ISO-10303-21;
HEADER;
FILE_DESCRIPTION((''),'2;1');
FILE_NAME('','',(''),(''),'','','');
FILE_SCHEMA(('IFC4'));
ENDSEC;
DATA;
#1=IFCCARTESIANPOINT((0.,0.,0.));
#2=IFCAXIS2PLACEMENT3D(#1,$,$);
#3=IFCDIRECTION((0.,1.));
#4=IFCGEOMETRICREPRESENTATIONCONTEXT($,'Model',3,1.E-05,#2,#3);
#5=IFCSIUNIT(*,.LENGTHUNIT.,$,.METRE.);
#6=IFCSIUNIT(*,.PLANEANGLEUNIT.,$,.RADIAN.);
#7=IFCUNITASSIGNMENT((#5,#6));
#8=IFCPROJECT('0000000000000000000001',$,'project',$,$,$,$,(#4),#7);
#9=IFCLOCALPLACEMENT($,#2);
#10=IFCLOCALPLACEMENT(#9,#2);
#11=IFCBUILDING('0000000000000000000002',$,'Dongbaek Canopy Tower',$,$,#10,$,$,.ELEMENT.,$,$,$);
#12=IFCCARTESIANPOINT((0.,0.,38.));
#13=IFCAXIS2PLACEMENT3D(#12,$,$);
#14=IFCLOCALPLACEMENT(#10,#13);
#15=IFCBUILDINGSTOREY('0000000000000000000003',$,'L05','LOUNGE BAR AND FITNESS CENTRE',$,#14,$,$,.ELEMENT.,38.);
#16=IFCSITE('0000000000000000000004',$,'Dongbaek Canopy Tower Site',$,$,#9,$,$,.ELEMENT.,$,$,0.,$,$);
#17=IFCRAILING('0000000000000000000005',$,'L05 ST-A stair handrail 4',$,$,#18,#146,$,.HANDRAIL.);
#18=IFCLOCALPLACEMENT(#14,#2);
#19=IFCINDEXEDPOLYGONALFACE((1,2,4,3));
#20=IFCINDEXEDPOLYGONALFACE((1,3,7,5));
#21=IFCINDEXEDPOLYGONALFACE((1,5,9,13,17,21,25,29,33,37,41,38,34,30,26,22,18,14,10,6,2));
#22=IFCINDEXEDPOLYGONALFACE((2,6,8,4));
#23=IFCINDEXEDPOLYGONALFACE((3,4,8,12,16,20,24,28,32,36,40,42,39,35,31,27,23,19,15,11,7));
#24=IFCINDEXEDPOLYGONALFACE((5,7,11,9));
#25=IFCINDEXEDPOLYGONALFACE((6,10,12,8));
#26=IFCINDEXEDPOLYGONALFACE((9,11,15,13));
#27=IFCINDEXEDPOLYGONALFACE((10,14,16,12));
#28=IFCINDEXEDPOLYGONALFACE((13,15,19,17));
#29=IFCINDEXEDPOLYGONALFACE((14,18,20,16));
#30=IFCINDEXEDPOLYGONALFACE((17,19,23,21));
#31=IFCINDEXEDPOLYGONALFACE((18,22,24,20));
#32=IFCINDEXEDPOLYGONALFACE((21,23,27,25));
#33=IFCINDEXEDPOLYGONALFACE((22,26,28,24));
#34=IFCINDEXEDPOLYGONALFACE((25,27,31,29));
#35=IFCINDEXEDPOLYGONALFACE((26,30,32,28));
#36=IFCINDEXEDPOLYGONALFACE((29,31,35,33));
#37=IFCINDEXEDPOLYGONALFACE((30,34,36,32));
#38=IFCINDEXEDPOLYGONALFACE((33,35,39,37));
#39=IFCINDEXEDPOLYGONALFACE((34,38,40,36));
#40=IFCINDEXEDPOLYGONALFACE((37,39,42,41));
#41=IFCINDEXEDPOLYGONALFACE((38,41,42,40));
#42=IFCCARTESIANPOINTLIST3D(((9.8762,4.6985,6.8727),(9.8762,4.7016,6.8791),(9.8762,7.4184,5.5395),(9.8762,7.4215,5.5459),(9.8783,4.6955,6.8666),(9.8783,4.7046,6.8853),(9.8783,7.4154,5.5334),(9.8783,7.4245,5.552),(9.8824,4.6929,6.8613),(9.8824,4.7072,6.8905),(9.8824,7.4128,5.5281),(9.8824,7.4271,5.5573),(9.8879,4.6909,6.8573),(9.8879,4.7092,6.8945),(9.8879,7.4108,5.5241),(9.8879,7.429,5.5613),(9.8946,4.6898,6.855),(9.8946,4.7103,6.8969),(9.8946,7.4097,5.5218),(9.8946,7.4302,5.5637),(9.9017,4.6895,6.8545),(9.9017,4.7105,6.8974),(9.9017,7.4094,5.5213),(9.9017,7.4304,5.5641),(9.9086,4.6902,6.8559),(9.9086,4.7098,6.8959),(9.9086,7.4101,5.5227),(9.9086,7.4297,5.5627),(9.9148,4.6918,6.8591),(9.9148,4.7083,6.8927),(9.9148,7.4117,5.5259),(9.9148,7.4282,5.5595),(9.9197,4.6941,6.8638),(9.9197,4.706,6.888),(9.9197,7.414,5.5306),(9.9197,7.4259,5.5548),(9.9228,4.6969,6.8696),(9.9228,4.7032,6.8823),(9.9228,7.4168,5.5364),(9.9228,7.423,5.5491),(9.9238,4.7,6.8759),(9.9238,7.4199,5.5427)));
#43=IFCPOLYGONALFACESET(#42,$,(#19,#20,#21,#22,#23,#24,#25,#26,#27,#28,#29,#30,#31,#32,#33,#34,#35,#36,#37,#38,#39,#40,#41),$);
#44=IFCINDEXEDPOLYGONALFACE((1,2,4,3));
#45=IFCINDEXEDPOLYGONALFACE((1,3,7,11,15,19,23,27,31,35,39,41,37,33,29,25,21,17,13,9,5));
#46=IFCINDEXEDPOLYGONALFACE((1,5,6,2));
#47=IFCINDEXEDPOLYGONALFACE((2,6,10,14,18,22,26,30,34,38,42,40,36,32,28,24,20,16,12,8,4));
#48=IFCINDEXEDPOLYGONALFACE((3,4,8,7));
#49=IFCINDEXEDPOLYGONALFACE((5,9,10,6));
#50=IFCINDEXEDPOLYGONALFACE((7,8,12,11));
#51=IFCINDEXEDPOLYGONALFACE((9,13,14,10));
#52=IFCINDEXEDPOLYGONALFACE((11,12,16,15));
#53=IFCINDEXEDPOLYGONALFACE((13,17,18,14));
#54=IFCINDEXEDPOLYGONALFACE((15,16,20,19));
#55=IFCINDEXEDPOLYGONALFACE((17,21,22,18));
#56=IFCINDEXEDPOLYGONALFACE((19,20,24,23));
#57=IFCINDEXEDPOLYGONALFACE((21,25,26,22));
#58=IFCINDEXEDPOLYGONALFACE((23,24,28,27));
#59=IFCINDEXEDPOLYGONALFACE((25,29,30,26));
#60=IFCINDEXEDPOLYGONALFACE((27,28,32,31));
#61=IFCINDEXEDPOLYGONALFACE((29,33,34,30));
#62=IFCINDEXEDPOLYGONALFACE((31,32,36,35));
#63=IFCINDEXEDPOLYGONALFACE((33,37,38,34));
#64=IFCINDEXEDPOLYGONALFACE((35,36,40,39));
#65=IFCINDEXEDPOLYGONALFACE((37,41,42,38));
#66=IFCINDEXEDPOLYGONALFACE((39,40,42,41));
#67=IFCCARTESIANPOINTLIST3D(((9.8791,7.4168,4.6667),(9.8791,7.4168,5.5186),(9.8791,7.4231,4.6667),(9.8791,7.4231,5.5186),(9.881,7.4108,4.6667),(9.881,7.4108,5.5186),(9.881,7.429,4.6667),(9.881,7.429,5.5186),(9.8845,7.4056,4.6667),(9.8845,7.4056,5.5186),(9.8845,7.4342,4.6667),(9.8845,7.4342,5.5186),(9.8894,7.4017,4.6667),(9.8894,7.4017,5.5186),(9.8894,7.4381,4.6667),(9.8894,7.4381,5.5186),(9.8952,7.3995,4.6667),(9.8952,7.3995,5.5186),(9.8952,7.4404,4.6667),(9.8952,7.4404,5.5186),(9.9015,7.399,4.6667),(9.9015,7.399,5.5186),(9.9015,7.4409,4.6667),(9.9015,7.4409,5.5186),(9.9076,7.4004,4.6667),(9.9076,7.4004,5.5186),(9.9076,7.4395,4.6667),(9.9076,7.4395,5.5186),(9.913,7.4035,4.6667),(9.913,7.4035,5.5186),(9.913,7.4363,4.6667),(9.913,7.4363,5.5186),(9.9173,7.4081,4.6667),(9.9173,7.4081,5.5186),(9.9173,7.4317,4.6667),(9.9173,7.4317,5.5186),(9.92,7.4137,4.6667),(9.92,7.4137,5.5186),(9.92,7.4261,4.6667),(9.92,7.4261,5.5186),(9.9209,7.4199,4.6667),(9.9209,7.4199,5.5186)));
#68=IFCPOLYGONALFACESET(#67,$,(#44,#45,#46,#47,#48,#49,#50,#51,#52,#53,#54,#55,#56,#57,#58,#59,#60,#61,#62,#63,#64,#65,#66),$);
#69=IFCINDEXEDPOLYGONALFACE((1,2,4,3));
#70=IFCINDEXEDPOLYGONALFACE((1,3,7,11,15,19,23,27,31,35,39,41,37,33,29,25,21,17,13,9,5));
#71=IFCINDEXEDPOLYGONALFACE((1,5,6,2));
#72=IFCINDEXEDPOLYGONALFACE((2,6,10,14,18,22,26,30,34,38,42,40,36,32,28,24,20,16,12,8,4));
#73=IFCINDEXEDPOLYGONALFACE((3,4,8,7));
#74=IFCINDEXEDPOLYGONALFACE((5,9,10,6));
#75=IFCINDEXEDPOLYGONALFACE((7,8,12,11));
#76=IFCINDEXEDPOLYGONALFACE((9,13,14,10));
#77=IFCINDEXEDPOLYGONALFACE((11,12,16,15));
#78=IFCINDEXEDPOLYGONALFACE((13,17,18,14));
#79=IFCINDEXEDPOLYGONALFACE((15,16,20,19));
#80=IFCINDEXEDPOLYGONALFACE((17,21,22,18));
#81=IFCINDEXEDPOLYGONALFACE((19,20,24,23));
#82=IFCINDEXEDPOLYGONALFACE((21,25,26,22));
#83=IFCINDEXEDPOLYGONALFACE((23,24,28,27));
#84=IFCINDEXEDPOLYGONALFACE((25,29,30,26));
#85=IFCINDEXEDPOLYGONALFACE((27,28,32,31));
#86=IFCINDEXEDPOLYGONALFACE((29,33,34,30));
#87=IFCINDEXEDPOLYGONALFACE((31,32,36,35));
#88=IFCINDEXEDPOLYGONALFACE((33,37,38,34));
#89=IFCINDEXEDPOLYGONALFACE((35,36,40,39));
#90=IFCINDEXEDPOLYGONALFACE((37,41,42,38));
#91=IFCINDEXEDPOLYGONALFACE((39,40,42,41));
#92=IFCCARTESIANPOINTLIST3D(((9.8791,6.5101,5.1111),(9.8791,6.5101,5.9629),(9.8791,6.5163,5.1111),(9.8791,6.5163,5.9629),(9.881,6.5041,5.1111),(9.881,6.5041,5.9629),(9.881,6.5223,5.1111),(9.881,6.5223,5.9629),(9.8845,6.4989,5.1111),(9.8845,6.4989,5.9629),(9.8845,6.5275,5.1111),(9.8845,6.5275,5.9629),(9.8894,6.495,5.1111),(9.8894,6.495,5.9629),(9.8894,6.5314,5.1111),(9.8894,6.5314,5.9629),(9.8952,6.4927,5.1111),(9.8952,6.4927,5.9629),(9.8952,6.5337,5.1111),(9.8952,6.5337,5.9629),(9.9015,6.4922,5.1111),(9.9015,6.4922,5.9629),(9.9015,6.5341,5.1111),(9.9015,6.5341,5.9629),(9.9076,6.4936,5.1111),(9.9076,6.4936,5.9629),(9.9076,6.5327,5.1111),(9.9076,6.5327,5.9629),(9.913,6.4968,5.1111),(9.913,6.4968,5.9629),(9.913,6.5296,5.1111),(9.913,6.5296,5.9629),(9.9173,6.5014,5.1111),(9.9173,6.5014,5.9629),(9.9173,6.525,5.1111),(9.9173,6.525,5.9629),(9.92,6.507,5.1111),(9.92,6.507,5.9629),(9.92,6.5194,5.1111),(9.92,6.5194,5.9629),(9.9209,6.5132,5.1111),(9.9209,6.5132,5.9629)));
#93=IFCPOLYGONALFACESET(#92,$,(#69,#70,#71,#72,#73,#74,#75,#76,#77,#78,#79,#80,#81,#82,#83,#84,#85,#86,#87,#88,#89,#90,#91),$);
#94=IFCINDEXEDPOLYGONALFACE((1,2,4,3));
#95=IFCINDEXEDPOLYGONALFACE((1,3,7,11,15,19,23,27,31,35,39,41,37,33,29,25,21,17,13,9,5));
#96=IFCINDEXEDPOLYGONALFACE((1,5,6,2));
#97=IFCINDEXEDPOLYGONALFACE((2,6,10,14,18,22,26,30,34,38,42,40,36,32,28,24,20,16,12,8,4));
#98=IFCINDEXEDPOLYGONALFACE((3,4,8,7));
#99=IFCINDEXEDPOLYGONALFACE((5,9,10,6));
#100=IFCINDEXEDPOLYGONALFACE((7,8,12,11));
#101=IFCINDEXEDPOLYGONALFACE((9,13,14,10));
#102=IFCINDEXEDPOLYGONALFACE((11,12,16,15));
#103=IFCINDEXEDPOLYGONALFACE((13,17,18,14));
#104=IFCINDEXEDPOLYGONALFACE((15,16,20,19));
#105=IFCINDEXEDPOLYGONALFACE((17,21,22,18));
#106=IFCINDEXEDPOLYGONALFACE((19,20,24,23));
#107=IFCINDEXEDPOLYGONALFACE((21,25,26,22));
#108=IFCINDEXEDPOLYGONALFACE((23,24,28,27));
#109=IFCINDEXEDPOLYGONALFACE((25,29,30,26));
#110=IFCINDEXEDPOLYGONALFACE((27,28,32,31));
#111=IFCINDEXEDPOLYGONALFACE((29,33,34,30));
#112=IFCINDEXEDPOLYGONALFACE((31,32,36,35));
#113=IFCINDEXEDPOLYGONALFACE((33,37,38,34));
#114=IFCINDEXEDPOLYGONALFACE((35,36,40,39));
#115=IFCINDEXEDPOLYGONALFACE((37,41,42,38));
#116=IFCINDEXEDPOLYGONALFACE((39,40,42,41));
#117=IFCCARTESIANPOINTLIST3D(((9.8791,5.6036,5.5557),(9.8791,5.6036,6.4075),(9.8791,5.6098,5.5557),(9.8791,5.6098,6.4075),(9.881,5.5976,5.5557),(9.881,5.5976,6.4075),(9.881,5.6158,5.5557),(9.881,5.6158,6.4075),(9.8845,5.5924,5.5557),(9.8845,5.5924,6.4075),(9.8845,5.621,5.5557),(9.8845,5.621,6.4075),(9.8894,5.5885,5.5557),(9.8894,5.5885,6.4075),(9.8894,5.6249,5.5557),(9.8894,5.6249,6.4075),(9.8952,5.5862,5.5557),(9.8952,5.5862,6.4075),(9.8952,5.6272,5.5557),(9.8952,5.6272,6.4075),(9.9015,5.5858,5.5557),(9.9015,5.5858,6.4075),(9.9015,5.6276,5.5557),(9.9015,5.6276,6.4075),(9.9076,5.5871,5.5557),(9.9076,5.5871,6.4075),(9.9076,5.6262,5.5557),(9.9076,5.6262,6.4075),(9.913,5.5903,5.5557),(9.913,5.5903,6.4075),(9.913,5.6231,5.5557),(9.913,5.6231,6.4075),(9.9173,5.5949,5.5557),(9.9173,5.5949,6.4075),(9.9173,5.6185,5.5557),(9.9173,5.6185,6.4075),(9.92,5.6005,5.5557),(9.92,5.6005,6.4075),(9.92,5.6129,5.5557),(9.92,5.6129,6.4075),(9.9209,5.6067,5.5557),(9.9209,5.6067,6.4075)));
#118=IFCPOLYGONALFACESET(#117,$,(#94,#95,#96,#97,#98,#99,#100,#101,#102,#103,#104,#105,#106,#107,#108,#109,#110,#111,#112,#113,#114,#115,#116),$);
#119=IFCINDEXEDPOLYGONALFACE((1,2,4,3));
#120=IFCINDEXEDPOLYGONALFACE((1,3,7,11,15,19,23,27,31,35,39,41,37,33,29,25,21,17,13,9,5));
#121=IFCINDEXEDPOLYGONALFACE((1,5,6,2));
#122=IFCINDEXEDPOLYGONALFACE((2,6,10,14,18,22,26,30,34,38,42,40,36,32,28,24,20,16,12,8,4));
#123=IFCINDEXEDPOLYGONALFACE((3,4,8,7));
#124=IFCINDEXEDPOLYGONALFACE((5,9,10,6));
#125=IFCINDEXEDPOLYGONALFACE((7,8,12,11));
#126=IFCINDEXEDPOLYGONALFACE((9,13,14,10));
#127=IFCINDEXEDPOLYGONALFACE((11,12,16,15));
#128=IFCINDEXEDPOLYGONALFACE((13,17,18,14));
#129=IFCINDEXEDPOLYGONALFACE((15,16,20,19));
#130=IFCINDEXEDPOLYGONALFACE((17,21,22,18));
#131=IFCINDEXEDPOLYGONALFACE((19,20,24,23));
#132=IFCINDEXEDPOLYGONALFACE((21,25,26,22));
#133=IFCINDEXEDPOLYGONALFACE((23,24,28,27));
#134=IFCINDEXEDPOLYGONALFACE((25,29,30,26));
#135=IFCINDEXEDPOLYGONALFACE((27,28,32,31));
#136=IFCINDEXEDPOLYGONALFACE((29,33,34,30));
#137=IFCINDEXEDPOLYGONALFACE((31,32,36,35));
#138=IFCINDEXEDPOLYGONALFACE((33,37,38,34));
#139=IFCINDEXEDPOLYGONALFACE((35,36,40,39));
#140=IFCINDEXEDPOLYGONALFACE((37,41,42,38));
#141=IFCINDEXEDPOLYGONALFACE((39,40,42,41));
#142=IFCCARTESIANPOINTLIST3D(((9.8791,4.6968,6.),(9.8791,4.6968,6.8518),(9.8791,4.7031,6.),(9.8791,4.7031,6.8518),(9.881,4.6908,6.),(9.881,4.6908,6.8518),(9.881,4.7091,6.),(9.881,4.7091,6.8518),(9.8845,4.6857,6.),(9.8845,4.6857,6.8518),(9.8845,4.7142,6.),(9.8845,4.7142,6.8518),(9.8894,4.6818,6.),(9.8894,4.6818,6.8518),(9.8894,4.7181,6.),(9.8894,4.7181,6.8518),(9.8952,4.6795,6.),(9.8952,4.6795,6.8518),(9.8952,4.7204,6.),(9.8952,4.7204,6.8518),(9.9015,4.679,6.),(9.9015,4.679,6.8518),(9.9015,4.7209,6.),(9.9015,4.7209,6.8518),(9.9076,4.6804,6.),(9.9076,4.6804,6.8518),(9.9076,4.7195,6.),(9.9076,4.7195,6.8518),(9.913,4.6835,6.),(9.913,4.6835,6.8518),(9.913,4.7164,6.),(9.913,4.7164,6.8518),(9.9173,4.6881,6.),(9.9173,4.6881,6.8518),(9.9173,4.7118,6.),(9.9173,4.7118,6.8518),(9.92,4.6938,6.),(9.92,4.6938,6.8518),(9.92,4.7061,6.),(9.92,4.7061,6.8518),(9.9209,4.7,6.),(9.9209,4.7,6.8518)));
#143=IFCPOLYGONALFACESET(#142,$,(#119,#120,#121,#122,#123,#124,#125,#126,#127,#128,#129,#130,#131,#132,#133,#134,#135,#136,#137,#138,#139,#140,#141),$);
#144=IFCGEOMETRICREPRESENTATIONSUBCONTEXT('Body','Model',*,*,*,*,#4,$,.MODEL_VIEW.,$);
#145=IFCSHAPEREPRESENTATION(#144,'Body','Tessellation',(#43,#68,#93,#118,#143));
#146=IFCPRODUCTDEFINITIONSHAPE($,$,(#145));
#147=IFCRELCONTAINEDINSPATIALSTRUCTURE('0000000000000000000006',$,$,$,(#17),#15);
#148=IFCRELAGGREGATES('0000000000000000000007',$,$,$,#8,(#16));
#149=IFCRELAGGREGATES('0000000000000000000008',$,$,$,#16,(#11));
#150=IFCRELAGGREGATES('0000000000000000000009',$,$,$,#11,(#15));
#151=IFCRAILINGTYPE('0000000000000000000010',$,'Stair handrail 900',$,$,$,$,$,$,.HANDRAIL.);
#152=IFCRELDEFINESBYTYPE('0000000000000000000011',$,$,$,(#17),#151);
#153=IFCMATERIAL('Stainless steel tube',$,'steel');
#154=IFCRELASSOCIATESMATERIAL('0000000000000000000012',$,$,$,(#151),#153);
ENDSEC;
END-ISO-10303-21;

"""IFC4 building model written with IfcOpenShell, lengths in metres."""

from ifc_helpers import new_model, si_unit, direction, frame, origin, origin_2d, place, context, subcontext, project, spatial, circle, extrude, material, type_object, element, save


model = new_model("IFC4")

# Units and contexts
model_context = context("Model", 3, precision=1e-05, world=origin(), true_north=direction((0.0, 1.0)))
body_context = subcontext(model_context, "Body", "Model", "MODEL_VIEW")
ifc_project = project(units=[si_unit("LENGTHUNIT", "METRE"), si_unit("PLANEANGLEUNIT", "RADIAN")], contexts=[model_context])

# Site, building, storey
site_placement = place(None, origin())
site = spatial("IfcSite", under=ifc_project, at=site_placement, Name="Dongbaek Canopy Tower Site", CompositionType="ELEMENT", RefElevation=0.0)
building_placement = place(site_placement, origin())
building = spatial("IfcBuilding", under=site, at=building_placement, Name="Dongbaek Canopy Tower", CompositionType="ELEMENT")
storey_placement = place(building_placement, frame((0.0, 0.0, 38.0)))
storey = spatial("IfcBuildingStorey", under=building, at=storey_placement, Name="L05", Description="LOUNGE BAR AND FITNESS CENTRE", CompositionType="ELEMENT", Elevation=38.0)

# Railing
ifc_material_1 = material(Name="Stainless steel tube", Category="steel")
railing_type = type_object("IfcRailingType", Name="Stair handrail 900", PredefinedType="HANDRAIL", material=ifc_material_1)
for number, where, name in (
    (1, (9.8999, 7.4199, 4.6667), "L05 ST-A stair handrail 4"),
):
    element("IfcRailing", number, at=place(storey_placement, frame(where)), inside=storey, type_object=railing_type, Name=name, PredefinedType="HANDRAIL", context=body_context, shape_type="SweptSolid", body=[
        extrude(circle(Radius=0.0239, at=origin_2d()), frame((0.0, 0.0, 0.876), z_axis=(0.0, -0.897929, 0.440139), x_axis=(1.0, 0.0, 0.0)), (0.0, 0.0, 1.0), 3.0291),
        extrude(circle(Radius=0.021, at=origin_2d()), origin(), (0.0, 0.0, 1.0), 0.8518),
        extrude(circle(Radius=0.021, at=origin_2d()), frame((0.0, -0.9067, 0.4443)), (0.0, 0.0, 1.0), 0.8518),
        extrude(circle(Radius=0.021, at=origin_2d()), frame((0.0, -1.8132, 0.8889)), (0.0, 0.0, 1.0), 0.8518),
        extrude(circle(Radius=0.021, at=origin_2d()), frame((0.0, -2.72, 1.3333)), (0.0, 0.0, 1.0), 0.8518),
    ])

save(model, "model.ifc")
